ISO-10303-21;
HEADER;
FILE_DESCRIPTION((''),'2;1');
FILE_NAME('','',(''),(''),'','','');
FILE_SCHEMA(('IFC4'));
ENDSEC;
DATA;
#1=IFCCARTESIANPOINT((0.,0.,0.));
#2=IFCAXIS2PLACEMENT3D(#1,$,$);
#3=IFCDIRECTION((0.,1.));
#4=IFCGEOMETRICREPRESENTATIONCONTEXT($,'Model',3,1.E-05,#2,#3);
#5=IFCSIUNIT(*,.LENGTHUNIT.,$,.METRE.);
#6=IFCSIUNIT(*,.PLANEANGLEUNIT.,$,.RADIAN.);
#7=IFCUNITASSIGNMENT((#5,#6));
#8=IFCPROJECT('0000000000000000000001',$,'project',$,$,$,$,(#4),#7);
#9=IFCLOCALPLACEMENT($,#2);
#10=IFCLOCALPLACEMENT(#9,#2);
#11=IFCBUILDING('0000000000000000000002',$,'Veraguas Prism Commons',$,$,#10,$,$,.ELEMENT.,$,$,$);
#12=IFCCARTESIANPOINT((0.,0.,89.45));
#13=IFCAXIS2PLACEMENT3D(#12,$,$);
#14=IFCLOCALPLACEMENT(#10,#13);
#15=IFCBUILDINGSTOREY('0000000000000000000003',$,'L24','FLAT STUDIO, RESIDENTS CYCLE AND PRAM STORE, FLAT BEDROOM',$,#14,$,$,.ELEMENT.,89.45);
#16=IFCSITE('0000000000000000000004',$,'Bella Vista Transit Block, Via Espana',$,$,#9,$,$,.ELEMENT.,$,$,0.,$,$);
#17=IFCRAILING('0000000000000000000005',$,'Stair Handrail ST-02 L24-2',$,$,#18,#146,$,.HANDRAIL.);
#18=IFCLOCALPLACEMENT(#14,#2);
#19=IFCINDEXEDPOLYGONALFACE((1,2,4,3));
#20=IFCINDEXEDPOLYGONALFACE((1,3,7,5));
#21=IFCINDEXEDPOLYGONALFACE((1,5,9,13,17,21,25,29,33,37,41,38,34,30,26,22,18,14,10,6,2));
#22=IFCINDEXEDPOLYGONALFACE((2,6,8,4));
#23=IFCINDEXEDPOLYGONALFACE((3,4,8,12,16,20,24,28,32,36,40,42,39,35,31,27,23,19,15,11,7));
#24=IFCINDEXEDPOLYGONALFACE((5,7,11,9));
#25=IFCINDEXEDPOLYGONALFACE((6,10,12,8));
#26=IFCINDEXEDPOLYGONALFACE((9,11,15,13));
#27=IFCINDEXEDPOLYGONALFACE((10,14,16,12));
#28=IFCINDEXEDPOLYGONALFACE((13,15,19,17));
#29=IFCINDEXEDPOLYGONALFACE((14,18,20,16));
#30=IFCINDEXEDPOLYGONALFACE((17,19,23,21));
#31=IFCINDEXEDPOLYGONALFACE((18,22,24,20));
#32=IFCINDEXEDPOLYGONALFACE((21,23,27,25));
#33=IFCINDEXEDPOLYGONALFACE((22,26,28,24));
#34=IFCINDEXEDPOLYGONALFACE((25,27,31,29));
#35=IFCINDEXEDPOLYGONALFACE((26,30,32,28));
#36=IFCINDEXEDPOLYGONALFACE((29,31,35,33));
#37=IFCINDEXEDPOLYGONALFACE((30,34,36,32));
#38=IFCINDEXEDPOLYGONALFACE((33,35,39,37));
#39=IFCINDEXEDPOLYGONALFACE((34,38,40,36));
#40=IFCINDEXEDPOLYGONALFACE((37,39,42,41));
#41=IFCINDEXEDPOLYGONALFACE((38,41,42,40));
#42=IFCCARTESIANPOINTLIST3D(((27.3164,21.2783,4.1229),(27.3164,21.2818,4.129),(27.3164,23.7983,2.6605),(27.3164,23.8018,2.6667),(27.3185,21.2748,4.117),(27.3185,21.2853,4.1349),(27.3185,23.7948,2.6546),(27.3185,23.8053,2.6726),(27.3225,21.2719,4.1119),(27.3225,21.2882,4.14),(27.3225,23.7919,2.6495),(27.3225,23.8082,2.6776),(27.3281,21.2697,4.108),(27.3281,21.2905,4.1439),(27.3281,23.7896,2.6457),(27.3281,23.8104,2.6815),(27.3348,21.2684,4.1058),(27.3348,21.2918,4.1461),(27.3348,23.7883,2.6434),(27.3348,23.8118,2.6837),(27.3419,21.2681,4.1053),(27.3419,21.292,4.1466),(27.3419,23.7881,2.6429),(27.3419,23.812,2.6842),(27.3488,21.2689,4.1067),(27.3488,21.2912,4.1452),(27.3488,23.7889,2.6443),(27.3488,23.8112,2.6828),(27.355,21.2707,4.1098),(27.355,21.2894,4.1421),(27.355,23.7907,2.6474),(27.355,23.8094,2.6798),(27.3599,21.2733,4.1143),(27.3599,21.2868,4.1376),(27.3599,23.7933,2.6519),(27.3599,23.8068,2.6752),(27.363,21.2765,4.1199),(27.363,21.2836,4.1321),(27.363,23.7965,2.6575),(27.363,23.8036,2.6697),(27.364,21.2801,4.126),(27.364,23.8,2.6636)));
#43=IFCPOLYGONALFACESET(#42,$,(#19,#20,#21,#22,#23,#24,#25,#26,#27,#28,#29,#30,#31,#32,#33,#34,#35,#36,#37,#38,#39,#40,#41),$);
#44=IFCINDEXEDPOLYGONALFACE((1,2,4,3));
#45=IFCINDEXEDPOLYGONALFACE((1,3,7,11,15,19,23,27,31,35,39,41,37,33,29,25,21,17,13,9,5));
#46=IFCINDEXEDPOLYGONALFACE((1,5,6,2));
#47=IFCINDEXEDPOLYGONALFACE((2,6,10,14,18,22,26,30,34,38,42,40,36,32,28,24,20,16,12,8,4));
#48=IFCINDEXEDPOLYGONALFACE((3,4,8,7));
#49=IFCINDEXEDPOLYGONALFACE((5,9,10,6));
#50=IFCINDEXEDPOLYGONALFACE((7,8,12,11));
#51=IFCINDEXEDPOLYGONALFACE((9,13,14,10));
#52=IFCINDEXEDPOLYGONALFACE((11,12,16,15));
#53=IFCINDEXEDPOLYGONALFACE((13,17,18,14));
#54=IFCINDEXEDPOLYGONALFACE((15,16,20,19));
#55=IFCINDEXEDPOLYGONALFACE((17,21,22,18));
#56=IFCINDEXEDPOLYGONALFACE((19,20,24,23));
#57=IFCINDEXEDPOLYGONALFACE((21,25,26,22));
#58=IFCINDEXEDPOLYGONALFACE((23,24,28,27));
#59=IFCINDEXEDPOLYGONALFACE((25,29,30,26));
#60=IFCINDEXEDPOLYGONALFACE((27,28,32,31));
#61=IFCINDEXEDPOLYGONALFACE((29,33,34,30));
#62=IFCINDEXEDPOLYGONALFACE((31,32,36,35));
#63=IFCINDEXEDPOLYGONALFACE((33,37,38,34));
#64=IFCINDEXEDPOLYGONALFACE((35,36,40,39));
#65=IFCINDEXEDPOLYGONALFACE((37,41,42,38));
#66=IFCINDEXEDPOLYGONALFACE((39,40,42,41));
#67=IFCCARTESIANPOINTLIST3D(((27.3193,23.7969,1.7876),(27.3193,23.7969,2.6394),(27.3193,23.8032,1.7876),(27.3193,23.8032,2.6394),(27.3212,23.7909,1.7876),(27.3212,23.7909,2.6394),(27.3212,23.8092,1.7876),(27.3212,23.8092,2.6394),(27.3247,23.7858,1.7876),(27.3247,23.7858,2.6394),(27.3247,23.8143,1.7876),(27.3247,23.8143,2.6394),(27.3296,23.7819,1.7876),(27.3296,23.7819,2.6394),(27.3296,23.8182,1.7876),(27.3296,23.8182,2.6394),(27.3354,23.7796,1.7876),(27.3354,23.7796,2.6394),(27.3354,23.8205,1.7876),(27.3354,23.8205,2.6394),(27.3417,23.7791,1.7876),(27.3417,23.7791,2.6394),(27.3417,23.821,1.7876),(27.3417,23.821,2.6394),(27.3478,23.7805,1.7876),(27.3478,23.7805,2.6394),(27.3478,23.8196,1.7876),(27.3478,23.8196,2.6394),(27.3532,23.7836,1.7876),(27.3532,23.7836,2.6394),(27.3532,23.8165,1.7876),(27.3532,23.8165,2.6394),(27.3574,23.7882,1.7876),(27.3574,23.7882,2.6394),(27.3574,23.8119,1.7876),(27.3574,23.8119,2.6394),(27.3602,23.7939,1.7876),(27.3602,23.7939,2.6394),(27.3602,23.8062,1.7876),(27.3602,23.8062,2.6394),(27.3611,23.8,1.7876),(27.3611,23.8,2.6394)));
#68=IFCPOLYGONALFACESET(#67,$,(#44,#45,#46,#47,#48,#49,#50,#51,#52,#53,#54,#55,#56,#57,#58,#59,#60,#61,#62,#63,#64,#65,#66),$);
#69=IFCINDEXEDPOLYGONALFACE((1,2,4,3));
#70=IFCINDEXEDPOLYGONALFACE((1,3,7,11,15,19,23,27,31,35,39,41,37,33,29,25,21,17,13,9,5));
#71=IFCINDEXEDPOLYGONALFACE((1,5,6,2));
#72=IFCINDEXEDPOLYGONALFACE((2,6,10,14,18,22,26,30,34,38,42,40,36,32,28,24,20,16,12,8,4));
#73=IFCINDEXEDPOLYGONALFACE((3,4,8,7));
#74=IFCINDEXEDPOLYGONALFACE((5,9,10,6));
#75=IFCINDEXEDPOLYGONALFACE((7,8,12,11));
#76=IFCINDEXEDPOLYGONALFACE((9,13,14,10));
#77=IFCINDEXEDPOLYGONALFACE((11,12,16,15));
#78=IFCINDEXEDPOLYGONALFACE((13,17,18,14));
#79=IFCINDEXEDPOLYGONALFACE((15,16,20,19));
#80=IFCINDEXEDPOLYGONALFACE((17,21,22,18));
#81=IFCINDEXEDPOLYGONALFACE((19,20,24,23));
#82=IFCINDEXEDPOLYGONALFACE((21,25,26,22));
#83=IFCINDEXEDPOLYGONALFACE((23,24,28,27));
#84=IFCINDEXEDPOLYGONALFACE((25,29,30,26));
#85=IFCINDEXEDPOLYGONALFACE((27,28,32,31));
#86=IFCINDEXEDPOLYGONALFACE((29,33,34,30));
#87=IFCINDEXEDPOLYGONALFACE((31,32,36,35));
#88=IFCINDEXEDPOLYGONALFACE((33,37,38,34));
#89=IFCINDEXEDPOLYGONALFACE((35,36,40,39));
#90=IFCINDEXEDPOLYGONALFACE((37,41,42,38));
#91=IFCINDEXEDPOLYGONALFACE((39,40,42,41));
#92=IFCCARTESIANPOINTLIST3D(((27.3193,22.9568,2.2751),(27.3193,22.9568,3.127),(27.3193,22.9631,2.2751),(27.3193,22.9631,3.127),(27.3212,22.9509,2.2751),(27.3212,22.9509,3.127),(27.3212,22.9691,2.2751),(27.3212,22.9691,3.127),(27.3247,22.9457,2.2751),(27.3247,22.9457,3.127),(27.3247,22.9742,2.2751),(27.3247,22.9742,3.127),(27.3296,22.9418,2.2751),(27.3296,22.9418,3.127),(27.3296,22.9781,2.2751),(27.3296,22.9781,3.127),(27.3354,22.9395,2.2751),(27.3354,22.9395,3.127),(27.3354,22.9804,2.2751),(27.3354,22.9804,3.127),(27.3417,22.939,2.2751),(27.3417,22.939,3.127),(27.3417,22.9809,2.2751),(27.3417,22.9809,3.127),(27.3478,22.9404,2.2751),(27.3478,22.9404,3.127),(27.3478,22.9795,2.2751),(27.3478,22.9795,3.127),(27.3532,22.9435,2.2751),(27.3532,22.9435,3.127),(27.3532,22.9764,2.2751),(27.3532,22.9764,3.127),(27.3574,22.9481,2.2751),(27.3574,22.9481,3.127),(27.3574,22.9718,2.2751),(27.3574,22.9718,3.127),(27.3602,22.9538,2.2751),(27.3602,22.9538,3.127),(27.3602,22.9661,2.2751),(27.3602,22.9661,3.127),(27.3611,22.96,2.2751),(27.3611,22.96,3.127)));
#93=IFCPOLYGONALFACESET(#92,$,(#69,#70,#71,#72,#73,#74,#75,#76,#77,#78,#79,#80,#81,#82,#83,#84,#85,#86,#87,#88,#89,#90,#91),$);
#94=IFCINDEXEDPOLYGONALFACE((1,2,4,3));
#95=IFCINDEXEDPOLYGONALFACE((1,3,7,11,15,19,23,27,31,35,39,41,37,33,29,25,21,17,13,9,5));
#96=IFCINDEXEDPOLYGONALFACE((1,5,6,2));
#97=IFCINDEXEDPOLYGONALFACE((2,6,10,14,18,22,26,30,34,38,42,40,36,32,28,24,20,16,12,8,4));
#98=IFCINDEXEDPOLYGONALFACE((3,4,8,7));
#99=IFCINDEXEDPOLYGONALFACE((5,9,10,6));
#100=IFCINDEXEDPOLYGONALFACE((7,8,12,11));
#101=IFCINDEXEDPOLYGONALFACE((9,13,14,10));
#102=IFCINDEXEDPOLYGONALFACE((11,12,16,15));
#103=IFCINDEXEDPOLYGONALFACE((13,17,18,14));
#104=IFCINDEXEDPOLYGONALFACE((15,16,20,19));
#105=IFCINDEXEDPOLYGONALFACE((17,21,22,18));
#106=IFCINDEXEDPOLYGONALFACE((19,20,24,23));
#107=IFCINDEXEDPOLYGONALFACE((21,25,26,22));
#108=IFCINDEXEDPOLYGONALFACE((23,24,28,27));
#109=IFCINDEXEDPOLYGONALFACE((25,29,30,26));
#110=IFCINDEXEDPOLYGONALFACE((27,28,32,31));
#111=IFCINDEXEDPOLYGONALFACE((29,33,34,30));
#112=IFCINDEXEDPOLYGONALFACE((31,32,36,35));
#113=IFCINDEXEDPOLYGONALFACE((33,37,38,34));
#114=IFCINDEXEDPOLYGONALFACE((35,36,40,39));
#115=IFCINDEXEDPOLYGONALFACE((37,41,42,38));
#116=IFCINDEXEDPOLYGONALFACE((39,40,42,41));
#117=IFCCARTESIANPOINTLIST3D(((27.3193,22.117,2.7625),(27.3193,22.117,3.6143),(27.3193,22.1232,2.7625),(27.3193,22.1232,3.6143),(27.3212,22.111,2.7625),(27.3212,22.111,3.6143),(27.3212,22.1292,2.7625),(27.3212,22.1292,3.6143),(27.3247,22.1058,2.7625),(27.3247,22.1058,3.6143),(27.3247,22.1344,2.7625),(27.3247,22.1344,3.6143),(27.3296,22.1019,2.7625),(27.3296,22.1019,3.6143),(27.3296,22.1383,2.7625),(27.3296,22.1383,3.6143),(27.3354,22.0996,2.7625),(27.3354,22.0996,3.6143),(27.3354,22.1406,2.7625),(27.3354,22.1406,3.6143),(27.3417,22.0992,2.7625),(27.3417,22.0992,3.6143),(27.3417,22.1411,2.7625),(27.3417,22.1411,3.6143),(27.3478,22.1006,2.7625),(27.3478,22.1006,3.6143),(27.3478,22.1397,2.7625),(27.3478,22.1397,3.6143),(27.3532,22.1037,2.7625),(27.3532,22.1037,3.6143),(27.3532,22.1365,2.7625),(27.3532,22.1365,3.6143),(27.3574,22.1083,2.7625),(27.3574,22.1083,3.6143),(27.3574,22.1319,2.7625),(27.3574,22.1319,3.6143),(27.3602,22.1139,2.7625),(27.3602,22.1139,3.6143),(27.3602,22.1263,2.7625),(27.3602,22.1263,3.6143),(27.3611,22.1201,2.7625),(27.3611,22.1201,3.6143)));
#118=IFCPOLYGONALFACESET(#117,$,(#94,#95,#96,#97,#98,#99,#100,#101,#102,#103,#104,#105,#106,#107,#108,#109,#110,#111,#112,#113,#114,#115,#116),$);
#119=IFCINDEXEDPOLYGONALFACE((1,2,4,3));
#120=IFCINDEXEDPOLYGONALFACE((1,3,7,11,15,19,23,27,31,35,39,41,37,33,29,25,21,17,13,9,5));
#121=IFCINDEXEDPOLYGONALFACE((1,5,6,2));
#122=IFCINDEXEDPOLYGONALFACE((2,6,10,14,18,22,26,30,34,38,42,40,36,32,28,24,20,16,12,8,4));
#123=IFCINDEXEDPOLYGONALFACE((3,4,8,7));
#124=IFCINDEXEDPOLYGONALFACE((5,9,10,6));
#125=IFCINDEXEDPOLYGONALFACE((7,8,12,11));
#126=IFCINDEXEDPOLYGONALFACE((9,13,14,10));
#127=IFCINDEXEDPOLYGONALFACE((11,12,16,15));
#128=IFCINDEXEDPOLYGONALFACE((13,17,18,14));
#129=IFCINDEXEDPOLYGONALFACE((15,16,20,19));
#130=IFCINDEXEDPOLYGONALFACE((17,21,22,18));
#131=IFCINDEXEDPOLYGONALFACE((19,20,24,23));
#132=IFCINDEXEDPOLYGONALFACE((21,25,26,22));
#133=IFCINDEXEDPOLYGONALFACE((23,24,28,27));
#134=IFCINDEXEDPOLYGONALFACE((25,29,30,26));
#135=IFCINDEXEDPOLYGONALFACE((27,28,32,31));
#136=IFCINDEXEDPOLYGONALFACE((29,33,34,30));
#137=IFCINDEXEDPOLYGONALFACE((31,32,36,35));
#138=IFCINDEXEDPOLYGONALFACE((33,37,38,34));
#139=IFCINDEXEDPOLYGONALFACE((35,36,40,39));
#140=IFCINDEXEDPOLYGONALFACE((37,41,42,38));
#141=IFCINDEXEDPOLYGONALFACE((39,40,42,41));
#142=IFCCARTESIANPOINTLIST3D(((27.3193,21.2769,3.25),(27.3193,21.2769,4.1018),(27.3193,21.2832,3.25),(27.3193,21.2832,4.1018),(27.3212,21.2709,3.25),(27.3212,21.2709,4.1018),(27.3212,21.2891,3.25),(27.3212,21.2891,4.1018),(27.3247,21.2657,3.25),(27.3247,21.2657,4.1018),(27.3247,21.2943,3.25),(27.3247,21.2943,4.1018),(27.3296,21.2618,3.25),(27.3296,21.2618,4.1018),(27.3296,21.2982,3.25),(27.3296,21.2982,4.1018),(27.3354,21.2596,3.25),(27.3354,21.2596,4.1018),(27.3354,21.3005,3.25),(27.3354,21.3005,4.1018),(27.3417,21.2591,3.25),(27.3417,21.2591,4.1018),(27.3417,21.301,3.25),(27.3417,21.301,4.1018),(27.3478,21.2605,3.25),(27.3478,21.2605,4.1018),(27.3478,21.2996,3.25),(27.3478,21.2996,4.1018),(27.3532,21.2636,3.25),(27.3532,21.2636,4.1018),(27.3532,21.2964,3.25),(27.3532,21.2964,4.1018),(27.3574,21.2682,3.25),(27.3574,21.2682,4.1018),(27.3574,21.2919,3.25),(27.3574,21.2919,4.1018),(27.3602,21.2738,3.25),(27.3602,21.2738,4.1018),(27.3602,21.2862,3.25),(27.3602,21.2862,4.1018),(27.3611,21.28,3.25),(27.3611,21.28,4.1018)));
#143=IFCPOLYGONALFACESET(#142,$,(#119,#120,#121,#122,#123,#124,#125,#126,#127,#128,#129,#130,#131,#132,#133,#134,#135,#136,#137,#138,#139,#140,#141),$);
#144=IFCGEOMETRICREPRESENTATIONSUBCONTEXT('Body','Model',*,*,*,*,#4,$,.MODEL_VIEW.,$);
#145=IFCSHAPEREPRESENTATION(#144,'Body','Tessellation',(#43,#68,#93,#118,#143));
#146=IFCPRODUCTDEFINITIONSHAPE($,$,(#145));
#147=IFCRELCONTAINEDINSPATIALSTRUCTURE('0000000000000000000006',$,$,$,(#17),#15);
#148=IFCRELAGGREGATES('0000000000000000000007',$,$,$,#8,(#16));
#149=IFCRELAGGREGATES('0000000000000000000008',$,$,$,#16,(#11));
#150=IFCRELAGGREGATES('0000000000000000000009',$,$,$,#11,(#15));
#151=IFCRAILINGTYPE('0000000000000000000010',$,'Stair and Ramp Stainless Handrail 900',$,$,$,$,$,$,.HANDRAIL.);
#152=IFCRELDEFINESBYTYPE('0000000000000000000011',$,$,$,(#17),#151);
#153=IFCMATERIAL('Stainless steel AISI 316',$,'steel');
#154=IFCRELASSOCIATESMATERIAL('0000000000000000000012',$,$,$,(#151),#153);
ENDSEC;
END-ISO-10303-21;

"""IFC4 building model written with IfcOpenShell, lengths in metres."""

from ifc_helpers import new_model, si_unit, direction, frame, origin, origin_2d, place, context, subcontext, project, spatial, circle, extrude, material, type_object, element, save


model = new_model("IFC4")

# Units and contexts
model_context = context("Model", 3, precision=1e-05, world=origin(), true_north=direction((0.0, 1.0)))
body_context = subcontext(model_context, "Body", "Model", "MODEL_VIEW")
ifc_project = project(units=[si_unit("LENGTHUNIT", "METRE"), si_unit("PLANEANGLEUNIT", "RADIAN")], contexts=[model_context])

# Site, building, storey
site_placement = place(None, origin())
site = spatial("IfcSite", under=ifc_project, at=site_placement, Name="Bella Vista Transit Block, Via Espana", CompositionType="ELEMENT", RefElevation=0.0)
building_placement = place(site_placement, origin())
building = spatial("IfcBuilding", under=site, at=building_placement, Name="Veraguas Prism Commons", CompositionType="ELEMENT")
storey_placement = place(building_placement, frame((0.0, 0.0, 89.45)))
storey = spatial("IfcBuildingStorey", under=building, at=storey_placement, Name="L24", Description="FLAT STUDIO, RESIDENTS CYCLE AND PRAM STORE, FLAT BEDROOM", CompositionType="ELEMENT", Elevation=89.45)

# Shared definitions
ifc_material_1 = material(Name="Stainless steel AISI 316", Category="steel")

# Railing
railing_type_1 = type_object("IfcRailingType", Name="Stair and Ramp Stainless Handrail 900", PredefinedType="HANDRAIL", material=ifc_material_1)
railing_1_placement = place(storey_placement, frame((27.3401, 23.8, 1.7876)))
element("IfcRailing", 1, at=railing_1_placement, inside=storey, type_object=railing_type_1, Name="Stair Handrail ST-02 L24-2", PredefinedType="HANDRAIL", context=body_context, shape_type="SweptSolid", body=[
    extrude(circle(Radius=0.0239, at=origin_2d()), frame((0.0, 0.0, 0.876), z_axis=(0.0, -0.864913, 0.501921), x_axis=(1.0, 0.0, 0.0)), (0.0, 0.0, 1.0), 2.9136),
    extrude(circle(Radius=0.021, at=origin_2d()), origin(), (0.0, 0.0, 1.0), 0.8518),
    extrude(circle(Radius=0.021, at=origin_2d()), frame((0.0, -0.8401, 0.4875)), (0.0, 0.0, 1.0), 0.8518),
    extrude(circle(Radius=0.021, at=origin_2d()), frame((0.0, -1.6799, 0.9749)), (0.0, 0.0, 1.0), 0.8518),
    extrude(circle(Radius=0.021, at=origin_2d()), frame((0.0, -2.52, 1.4624)), (0.0, 0.0, 1.0), 0.8518),
])

save(model, "model.ifc")
